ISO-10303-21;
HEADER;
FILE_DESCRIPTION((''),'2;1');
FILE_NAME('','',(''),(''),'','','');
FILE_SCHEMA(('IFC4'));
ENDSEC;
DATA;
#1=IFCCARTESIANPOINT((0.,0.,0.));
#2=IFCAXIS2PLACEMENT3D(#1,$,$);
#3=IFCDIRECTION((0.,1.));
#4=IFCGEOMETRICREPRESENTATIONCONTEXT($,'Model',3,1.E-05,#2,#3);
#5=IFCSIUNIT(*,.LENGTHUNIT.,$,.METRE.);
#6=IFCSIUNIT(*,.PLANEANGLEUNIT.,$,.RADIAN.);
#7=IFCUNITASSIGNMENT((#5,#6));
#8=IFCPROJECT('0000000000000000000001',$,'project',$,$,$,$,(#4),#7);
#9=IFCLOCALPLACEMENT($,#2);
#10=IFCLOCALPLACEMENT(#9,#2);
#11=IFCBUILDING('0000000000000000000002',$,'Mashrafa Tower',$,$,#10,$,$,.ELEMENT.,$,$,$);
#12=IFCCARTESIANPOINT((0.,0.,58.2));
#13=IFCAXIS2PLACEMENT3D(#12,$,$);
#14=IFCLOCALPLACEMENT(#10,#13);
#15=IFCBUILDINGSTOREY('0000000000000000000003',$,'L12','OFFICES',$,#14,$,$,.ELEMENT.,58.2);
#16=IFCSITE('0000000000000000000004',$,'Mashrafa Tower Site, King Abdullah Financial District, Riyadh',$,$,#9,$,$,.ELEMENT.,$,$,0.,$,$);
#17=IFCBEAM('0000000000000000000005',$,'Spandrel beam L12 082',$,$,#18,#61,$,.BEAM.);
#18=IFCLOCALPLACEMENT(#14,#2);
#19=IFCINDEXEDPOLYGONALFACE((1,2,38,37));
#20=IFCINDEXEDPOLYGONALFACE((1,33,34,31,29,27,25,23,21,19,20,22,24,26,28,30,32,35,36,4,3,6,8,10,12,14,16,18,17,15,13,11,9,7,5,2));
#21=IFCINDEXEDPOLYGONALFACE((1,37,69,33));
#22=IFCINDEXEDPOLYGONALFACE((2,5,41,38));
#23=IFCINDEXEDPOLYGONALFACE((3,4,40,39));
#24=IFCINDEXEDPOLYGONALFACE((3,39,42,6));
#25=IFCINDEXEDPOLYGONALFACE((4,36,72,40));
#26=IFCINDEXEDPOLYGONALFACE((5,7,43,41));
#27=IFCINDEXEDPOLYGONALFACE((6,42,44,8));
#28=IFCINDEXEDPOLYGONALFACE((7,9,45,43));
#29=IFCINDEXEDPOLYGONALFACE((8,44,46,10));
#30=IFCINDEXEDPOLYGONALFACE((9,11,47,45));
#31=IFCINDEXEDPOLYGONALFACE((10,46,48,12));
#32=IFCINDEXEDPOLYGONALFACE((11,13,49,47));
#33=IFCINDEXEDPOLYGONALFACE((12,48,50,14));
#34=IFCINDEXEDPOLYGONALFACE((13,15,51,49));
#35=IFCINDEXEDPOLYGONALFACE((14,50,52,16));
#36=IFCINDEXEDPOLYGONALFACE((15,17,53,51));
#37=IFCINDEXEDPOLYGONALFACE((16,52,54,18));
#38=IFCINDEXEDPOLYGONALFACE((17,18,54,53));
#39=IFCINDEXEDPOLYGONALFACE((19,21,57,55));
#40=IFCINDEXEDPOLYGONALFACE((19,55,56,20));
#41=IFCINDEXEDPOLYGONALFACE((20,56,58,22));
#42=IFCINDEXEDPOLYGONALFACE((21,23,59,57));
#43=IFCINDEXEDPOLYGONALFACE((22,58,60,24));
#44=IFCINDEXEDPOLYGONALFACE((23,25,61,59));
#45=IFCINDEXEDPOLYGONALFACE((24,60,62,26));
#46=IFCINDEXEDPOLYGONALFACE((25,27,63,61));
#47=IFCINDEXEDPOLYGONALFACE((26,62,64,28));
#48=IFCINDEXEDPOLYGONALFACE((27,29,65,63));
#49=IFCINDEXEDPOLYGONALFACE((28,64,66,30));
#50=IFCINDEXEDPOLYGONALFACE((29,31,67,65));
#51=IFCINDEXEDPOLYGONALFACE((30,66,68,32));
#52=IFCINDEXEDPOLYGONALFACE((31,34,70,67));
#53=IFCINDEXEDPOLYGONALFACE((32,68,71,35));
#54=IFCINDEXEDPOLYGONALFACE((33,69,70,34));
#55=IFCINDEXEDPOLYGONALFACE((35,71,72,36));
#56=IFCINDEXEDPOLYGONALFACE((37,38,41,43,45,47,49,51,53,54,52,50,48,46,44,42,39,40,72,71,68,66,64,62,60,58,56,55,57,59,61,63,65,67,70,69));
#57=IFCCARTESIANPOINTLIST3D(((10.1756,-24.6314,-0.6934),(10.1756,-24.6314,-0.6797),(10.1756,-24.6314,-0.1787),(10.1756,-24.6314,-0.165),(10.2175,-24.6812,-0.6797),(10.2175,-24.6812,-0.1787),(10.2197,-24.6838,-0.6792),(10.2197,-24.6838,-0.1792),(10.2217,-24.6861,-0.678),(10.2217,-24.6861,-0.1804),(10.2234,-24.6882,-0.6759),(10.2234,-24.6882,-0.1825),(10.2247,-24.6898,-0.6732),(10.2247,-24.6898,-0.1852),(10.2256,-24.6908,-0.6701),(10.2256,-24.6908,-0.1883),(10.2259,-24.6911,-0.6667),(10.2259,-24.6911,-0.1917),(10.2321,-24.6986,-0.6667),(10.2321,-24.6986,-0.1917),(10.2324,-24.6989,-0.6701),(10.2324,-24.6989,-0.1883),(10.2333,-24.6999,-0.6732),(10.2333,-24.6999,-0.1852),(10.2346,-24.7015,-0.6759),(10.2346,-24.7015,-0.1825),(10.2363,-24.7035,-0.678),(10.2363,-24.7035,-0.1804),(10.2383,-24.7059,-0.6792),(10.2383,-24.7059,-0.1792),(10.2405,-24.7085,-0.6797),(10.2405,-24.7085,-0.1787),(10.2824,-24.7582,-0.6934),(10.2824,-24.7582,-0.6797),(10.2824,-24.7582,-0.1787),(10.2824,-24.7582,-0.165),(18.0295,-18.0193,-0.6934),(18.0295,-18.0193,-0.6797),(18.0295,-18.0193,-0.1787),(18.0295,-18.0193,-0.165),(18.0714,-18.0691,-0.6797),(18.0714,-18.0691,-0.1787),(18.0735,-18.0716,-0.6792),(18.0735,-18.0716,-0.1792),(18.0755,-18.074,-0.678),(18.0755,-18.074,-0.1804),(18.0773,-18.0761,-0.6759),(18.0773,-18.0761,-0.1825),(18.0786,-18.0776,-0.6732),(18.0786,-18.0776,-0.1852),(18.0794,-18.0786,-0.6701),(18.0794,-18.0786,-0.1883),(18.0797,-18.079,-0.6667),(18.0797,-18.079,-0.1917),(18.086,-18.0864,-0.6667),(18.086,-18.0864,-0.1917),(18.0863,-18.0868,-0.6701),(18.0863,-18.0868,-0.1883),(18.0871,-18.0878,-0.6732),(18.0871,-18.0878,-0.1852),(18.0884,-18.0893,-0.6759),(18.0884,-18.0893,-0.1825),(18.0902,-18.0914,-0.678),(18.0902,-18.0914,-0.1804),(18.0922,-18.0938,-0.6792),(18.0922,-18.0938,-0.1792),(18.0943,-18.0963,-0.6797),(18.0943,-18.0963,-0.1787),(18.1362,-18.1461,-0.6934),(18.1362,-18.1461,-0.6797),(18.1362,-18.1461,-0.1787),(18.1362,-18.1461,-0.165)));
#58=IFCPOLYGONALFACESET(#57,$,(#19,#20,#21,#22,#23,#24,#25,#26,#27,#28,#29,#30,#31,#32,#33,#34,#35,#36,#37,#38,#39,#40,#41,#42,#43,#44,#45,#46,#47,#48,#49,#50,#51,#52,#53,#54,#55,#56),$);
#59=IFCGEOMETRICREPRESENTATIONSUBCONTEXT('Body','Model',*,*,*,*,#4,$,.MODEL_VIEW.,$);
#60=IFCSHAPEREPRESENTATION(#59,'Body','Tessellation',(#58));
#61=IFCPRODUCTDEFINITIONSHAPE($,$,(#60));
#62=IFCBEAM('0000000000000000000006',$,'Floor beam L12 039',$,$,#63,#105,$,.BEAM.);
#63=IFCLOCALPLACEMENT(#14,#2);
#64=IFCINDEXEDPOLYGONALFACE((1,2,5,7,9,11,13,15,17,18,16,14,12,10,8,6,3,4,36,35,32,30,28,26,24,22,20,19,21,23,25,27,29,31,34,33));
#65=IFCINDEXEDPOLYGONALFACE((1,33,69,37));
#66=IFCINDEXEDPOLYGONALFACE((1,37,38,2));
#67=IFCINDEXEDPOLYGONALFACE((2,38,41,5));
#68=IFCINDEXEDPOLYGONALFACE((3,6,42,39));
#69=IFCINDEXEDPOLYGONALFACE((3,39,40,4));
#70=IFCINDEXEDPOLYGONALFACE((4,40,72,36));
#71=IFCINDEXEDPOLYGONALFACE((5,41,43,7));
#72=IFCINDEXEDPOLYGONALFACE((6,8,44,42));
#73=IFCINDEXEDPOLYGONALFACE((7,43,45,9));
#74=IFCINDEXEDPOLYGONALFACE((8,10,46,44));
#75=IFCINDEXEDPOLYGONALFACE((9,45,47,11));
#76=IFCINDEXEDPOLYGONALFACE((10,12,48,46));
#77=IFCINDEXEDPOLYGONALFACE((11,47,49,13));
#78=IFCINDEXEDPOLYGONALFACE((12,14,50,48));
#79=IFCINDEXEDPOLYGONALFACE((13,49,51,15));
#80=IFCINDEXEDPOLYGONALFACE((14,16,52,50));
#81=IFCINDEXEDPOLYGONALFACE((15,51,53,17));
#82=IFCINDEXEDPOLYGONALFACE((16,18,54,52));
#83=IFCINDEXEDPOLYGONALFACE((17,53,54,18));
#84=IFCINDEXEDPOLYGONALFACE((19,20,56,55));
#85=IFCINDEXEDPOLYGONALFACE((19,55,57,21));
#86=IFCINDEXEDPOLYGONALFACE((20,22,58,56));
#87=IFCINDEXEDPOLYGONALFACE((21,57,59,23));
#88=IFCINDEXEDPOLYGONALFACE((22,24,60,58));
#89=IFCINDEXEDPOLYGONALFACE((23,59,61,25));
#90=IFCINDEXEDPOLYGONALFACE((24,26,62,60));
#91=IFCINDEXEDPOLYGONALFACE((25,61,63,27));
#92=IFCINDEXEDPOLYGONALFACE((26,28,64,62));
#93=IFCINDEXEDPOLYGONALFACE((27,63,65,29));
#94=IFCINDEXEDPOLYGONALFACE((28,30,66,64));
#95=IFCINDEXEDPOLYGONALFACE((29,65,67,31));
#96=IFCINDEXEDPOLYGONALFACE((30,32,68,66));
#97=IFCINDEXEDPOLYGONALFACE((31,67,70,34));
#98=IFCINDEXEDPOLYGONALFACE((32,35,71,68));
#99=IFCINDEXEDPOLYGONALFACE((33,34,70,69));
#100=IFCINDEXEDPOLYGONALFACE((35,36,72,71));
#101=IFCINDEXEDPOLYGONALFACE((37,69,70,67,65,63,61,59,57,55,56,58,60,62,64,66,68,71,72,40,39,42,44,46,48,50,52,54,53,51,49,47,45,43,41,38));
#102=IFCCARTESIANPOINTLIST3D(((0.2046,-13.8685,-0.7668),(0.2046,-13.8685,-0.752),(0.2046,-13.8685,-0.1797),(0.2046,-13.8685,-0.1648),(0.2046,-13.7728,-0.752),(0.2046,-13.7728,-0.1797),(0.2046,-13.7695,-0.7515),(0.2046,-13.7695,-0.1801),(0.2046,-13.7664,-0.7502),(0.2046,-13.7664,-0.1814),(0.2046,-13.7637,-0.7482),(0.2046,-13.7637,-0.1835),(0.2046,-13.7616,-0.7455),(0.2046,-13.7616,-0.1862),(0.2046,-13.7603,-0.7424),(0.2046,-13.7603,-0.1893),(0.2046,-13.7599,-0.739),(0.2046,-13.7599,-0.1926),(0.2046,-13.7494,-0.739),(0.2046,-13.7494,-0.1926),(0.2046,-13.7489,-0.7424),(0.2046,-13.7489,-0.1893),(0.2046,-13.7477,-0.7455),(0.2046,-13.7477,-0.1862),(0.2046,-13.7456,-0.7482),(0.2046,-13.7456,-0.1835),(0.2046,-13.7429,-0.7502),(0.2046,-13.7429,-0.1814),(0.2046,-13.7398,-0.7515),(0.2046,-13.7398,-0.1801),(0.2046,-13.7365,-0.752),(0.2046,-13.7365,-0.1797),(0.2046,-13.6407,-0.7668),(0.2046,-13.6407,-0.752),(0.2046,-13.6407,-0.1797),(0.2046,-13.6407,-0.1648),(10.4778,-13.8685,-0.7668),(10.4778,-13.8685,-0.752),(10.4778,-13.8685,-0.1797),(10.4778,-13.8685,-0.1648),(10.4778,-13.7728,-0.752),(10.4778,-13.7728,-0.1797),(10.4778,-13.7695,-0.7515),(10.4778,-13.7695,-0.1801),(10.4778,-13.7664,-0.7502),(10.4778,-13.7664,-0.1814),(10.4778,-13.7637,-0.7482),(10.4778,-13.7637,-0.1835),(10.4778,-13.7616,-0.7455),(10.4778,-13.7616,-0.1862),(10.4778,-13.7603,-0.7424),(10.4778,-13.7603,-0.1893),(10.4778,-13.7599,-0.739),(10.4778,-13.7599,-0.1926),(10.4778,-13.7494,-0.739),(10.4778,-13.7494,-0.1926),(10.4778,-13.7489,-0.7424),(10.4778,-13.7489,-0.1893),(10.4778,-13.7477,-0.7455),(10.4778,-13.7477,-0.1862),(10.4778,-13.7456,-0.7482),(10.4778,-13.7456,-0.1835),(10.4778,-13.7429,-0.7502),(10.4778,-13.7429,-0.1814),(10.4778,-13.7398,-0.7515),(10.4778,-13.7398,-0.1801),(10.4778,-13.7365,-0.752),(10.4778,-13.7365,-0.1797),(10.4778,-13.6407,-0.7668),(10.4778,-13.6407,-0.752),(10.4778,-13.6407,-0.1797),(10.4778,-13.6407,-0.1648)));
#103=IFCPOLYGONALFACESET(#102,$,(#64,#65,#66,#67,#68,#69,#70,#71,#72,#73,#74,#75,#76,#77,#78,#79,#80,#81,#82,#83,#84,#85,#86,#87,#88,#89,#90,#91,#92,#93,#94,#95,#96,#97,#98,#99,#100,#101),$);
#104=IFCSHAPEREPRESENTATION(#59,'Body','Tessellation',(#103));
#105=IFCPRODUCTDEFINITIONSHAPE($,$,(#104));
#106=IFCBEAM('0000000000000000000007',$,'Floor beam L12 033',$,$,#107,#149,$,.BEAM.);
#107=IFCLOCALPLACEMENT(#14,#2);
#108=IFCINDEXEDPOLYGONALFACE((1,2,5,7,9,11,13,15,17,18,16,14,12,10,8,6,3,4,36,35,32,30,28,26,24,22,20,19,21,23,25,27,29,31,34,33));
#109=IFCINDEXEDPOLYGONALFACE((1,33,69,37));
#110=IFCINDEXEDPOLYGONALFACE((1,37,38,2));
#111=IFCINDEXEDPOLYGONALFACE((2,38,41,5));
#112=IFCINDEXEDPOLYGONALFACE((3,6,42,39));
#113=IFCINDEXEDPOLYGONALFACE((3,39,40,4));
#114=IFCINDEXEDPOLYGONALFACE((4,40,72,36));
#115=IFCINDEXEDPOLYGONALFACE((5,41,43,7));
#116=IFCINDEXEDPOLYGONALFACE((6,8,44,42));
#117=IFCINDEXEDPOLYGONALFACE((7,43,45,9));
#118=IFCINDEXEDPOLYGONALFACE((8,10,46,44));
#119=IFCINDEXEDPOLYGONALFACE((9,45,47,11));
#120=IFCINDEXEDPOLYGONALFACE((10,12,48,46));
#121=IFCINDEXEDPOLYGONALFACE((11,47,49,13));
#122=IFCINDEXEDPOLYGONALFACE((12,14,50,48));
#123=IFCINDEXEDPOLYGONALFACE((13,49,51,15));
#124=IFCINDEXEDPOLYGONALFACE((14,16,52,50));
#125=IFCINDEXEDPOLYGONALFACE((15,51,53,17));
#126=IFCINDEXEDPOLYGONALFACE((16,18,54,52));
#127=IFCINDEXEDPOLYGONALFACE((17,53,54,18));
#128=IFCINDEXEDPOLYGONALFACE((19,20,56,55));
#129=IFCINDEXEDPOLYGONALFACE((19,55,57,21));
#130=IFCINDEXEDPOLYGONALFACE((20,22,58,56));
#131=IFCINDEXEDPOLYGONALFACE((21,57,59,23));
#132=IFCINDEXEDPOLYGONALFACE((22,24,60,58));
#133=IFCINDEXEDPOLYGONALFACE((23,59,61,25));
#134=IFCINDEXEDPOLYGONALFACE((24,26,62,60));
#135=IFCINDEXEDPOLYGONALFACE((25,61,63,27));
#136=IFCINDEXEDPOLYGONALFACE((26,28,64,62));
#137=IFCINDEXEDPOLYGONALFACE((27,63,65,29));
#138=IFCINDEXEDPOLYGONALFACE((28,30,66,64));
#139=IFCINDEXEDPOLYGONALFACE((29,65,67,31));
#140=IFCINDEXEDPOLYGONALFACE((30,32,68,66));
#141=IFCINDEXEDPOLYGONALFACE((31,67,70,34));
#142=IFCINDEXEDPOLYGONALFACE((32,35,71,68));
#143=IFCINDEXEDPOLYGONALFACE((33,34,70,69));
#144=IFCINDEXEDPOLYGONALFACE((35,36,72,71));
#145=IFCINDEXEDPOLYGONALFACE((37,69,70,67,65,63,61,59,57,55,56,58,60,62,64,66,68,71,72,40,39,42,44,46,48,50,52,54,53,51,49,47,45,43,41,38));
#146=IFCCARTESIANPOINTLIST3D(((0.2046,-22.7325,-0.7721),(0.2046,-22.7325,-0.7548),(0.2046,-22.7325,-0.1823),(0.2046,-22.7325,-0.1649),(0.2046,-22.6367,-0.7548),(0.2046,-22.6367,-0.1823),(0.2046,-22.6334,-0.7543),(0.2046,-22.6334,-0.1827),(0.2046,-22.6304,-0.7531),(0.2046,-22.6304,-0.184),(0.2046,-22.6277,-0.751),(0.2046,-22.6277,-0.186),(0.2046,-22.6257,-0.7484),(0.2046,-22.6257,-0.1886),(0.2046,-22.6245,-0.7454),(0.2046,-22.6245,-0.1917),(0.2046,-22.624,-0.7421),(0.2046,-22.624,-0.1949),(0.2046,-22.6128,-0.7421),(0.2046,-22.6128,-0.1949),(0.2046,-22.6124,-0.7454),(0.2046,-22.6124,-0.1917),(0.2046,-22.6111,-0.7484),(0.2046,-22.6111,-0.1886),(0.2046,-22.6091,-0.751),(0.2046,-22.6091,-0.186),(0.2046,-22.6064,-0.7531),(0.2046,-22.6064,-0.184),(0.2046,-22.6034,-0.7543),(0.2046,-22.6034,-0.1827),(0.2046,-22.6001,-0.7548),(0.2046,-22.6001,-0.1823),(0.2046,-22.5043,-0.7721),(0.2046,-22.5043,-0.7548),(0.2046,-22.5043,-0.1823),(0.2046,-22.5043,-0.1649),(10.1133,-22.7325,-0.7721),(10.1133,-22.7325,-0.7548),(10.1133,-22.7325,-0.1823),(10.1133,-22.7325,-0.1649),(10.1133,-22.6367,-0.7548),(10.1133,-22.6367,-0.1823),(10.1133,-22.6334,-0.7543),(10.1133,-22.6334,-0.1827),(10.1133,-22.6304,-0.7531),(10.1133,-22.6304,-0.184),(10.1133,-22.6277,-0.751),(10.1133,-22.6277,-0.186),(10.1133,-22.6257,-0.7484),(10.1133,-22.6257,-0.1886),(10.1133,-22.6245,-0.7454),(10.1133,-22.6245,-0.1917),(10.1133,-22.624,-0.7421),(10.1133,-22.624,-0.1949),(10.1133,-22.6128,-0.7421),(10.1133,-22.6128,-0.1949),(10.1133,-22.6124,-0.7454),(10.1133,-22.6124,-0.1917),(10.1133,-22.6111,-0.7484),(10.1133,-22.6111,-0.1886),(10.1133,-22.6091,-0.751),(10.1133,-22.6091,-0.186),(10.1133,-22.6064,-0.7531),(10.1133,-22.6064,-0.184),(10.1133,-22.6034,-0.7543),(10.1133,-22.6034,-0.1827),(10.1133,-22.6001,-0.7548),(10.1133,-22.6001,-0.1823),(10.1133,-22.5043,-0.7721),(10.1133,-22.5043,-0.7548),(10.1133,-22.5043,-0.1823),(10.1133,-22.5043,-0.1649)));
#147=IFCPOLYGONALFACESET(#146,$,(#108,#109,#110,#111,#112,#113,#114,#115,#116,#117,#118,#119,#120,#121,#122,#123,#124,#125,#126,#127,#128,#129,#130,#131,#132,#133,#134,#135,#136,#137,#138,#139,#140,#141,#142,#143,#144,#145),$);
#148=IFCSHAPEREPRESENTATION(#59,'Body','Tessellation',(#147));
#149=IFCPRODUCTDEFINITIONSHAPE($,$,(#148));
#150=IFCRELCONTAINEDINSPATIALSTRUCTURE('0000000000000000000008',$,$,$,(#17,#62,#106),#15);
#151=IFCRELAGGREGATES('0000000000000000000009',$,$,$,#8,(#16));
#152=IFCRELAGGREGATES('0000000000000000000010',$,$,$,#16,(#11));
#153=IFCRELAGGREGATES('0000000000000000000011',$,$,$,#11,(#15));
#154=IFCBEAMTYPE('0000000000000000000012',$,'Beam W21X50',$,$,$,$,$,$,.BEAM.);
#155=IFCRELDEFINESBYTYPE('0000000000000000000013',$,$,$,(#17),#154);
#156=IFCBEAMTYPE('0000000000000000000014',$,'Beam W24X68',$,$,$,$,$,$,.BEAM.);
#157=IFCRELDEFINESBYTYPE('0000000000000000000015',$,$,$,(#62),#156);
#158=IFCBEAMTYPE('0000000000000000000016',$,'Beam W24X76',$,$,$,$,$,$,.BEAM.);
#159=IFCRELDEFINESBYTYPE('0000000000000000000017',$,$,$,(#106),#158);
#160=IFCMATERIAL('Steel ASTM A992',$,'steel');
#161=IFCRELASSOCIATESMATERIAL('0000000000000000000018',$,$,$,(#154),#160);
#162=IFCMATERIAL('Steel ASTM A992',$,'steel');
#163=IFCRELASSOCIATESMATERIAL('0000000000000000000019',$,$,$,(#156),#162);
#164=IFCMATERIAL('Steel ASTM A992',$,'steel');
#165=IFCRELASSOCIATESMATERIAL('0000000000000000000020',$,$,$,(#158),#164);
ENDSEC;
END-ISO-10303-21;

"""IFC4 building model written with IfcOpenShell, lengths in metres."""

from ifc_helpers import new_model, si_unit, direction, frame, origin, origin_2d, place, context, subcontext, project, spatial, i_section, extrude, material, material_profile, profile_set, type_object, element, save


model = new_model("IFC4")

# Units and contexts
model_context = context("Model", 3, precision=1e-05, world=origin(), true_north=direction((0.0, 1.0)))
body_context = subcontext(model_context, "Body", "Model", "MODEL_VIEW")
ifc_project = project(units=[si_unit("LENGTHUNIT", "METRE"), si_unit("PLANEANGLEUNIT", "RADIAN")], contexts=[model_context])

# Site, building, storey
site_placement = place(None, origin())
site = spatial("IfcSite", under=ifc_project, at=site_placement, Name="Mashrafa Tower Site, King Abdullah Financial District, Riyadh", CompositionType="ELEMENT", RefElevation=0.0)
building_placement = place(site_placement, origin())
building = spatial("IfcBuilding", under=site, at=building_placement, Name="Mashrafa Tower", CompositionType="ELEMENT")
storey_placement = place(building_placement, frame((0.0, 0.0, 58.2)))
storey = spatial("IfcBuildingStorey", under=building, at=storey_placement, Name="L12", Description="OFFICES", CompositionType="ELEMENT", Elevation=58.2)

# Beams
ifc_material_1 = material(Name="Steel ASTM A992", Category="steel")
ifc_material_profile_1 = material_profile(ifc_material_1, i_section(OverallWidth=0.1658, OverallDepth=0.5283, WebThickness=0.0098, FlangeThickness=0.0137, FilletRadius=0.0129, at=origin_2d()), Name="W21X50")
ifc_profile_set_1 = profile_set([ifc_material_profile_1], Name="Steel ASTM A992")
beam_type_1 = type_object("IfcBeamType", Name="Beam W21X50", PredefinedType="BEAM", material=ifc_profile_set_1)
for number, where, z_axis, x_axis, name in (
    (1, (10.229, -24.6948, -0.4292), (0.76499, 0.644043, 0.0), (-0.644043, 0.76499, 0.0), "Spandrel beam L12 082"),
):
    element("IfcBeam", number, at=place(storey_placement, frame(where, z_axis=z_axis, x_axis=x_axis)), inside=storey, type_object=beam_type_1, Name=name, PredefinedType="BEAM", context=body_context, shape_type="SweptSolid", body=[
        extrude(i_section(OverallWidth=0.1658, OverallDepth=0.5283, WebThickness=0.0098, FlangeThickness=0.0137, FilletRadius=0.0129, at=origin_2d()), origin(), (0.0, 0.0, 1.0), 10.2666),
    ])
ifc_material_2 = material(Name="Steel ASTM A992", Category="steel")
ifc_material_profile_2 = material_profile(ifc_material_2, i_section(OverallWidth=0.2278, OverallDepth=0.6021, WebThickness=0.0105, FlangeThickness=0.0149, FilletRadius=0.0129, at=origin_2d()), Name="W24X68")
ifc_profile_set_2 = profile_set([ifc_material_profile_2], Name="Steel ASTM A992")
beam_type_2 = type_object("IfcBeamType", Name="Beam W24X68", PredefinedType="BEAM", material=ifc_profile_set_2)
beam_1_placement = place(storey_placement, frame((10.4778, -13.7546, -0.4658), z_axis=(-1.0, 0.0, 0.0), x_axis=(0.0, -1.0, 0.0)))
element("IfcBeam", 2, at=beam_1_placement, inside=storey, type_object=beam_type_2, Name="Floor beam L12 039", PredefinedType="BEAM", context=body_context, shape_type="SweptSolid", body=[
    extrude(i_section(OverallWidth=0.2278, OverallDepth=0.6021, WebThickness=0.0105, FlangeThickness=0.0149, FilletRadius=0.0129, at=origin_2d()), origin(), (0.0, 0.0, 1.0), 10.2732),
])
ifc_material_3 = material(Name="Steel ASTM A992", Category="steel")
ifc_material_profile_3 = material_profile(ifc_material_3, i_section(OverallWidth=0.2283, OverallDepth=0.6072, WebThickness=0.0112, FlangeThickness=0.0173, FilletRadius=0.0127, at=origin_2d()), Name="W24X76")
ifc_profile_set_3 = profile_set([ifc_material_profile_3], Name="Steel ASTM A992")
beam_type_3 = type_object("IfcBeamType", Name="Beam W24X76", PredefinedType="BEAM", material=ifc_profile_set_3)
beam_2_placement = place(storey_placement, frame((10.1133, -22.6184, -0.4685), z_axis=(-1.0, 0.0, 0.0), x_axis=(0.0, -1.0, 0.0)))
element("IfcBeam", 3, at=beam_2_placement, inside=storey, type_object=beam_type_3, Name="Floor beam L12 033", PredefinedType="BEAM", context=body_context, shape_type="SweptSolid", body=[
    extrude(i_section(OverallWidth=0.2283, OverallDepth=0.6072, WebThickness=0.0112, FlangeThickness=0.0173, FilletRadius=0.0127, at=origin_2d()), origin(), (0.0, 0.0, 1.0), 9.9087),
])

save(model, "model.ifc")
